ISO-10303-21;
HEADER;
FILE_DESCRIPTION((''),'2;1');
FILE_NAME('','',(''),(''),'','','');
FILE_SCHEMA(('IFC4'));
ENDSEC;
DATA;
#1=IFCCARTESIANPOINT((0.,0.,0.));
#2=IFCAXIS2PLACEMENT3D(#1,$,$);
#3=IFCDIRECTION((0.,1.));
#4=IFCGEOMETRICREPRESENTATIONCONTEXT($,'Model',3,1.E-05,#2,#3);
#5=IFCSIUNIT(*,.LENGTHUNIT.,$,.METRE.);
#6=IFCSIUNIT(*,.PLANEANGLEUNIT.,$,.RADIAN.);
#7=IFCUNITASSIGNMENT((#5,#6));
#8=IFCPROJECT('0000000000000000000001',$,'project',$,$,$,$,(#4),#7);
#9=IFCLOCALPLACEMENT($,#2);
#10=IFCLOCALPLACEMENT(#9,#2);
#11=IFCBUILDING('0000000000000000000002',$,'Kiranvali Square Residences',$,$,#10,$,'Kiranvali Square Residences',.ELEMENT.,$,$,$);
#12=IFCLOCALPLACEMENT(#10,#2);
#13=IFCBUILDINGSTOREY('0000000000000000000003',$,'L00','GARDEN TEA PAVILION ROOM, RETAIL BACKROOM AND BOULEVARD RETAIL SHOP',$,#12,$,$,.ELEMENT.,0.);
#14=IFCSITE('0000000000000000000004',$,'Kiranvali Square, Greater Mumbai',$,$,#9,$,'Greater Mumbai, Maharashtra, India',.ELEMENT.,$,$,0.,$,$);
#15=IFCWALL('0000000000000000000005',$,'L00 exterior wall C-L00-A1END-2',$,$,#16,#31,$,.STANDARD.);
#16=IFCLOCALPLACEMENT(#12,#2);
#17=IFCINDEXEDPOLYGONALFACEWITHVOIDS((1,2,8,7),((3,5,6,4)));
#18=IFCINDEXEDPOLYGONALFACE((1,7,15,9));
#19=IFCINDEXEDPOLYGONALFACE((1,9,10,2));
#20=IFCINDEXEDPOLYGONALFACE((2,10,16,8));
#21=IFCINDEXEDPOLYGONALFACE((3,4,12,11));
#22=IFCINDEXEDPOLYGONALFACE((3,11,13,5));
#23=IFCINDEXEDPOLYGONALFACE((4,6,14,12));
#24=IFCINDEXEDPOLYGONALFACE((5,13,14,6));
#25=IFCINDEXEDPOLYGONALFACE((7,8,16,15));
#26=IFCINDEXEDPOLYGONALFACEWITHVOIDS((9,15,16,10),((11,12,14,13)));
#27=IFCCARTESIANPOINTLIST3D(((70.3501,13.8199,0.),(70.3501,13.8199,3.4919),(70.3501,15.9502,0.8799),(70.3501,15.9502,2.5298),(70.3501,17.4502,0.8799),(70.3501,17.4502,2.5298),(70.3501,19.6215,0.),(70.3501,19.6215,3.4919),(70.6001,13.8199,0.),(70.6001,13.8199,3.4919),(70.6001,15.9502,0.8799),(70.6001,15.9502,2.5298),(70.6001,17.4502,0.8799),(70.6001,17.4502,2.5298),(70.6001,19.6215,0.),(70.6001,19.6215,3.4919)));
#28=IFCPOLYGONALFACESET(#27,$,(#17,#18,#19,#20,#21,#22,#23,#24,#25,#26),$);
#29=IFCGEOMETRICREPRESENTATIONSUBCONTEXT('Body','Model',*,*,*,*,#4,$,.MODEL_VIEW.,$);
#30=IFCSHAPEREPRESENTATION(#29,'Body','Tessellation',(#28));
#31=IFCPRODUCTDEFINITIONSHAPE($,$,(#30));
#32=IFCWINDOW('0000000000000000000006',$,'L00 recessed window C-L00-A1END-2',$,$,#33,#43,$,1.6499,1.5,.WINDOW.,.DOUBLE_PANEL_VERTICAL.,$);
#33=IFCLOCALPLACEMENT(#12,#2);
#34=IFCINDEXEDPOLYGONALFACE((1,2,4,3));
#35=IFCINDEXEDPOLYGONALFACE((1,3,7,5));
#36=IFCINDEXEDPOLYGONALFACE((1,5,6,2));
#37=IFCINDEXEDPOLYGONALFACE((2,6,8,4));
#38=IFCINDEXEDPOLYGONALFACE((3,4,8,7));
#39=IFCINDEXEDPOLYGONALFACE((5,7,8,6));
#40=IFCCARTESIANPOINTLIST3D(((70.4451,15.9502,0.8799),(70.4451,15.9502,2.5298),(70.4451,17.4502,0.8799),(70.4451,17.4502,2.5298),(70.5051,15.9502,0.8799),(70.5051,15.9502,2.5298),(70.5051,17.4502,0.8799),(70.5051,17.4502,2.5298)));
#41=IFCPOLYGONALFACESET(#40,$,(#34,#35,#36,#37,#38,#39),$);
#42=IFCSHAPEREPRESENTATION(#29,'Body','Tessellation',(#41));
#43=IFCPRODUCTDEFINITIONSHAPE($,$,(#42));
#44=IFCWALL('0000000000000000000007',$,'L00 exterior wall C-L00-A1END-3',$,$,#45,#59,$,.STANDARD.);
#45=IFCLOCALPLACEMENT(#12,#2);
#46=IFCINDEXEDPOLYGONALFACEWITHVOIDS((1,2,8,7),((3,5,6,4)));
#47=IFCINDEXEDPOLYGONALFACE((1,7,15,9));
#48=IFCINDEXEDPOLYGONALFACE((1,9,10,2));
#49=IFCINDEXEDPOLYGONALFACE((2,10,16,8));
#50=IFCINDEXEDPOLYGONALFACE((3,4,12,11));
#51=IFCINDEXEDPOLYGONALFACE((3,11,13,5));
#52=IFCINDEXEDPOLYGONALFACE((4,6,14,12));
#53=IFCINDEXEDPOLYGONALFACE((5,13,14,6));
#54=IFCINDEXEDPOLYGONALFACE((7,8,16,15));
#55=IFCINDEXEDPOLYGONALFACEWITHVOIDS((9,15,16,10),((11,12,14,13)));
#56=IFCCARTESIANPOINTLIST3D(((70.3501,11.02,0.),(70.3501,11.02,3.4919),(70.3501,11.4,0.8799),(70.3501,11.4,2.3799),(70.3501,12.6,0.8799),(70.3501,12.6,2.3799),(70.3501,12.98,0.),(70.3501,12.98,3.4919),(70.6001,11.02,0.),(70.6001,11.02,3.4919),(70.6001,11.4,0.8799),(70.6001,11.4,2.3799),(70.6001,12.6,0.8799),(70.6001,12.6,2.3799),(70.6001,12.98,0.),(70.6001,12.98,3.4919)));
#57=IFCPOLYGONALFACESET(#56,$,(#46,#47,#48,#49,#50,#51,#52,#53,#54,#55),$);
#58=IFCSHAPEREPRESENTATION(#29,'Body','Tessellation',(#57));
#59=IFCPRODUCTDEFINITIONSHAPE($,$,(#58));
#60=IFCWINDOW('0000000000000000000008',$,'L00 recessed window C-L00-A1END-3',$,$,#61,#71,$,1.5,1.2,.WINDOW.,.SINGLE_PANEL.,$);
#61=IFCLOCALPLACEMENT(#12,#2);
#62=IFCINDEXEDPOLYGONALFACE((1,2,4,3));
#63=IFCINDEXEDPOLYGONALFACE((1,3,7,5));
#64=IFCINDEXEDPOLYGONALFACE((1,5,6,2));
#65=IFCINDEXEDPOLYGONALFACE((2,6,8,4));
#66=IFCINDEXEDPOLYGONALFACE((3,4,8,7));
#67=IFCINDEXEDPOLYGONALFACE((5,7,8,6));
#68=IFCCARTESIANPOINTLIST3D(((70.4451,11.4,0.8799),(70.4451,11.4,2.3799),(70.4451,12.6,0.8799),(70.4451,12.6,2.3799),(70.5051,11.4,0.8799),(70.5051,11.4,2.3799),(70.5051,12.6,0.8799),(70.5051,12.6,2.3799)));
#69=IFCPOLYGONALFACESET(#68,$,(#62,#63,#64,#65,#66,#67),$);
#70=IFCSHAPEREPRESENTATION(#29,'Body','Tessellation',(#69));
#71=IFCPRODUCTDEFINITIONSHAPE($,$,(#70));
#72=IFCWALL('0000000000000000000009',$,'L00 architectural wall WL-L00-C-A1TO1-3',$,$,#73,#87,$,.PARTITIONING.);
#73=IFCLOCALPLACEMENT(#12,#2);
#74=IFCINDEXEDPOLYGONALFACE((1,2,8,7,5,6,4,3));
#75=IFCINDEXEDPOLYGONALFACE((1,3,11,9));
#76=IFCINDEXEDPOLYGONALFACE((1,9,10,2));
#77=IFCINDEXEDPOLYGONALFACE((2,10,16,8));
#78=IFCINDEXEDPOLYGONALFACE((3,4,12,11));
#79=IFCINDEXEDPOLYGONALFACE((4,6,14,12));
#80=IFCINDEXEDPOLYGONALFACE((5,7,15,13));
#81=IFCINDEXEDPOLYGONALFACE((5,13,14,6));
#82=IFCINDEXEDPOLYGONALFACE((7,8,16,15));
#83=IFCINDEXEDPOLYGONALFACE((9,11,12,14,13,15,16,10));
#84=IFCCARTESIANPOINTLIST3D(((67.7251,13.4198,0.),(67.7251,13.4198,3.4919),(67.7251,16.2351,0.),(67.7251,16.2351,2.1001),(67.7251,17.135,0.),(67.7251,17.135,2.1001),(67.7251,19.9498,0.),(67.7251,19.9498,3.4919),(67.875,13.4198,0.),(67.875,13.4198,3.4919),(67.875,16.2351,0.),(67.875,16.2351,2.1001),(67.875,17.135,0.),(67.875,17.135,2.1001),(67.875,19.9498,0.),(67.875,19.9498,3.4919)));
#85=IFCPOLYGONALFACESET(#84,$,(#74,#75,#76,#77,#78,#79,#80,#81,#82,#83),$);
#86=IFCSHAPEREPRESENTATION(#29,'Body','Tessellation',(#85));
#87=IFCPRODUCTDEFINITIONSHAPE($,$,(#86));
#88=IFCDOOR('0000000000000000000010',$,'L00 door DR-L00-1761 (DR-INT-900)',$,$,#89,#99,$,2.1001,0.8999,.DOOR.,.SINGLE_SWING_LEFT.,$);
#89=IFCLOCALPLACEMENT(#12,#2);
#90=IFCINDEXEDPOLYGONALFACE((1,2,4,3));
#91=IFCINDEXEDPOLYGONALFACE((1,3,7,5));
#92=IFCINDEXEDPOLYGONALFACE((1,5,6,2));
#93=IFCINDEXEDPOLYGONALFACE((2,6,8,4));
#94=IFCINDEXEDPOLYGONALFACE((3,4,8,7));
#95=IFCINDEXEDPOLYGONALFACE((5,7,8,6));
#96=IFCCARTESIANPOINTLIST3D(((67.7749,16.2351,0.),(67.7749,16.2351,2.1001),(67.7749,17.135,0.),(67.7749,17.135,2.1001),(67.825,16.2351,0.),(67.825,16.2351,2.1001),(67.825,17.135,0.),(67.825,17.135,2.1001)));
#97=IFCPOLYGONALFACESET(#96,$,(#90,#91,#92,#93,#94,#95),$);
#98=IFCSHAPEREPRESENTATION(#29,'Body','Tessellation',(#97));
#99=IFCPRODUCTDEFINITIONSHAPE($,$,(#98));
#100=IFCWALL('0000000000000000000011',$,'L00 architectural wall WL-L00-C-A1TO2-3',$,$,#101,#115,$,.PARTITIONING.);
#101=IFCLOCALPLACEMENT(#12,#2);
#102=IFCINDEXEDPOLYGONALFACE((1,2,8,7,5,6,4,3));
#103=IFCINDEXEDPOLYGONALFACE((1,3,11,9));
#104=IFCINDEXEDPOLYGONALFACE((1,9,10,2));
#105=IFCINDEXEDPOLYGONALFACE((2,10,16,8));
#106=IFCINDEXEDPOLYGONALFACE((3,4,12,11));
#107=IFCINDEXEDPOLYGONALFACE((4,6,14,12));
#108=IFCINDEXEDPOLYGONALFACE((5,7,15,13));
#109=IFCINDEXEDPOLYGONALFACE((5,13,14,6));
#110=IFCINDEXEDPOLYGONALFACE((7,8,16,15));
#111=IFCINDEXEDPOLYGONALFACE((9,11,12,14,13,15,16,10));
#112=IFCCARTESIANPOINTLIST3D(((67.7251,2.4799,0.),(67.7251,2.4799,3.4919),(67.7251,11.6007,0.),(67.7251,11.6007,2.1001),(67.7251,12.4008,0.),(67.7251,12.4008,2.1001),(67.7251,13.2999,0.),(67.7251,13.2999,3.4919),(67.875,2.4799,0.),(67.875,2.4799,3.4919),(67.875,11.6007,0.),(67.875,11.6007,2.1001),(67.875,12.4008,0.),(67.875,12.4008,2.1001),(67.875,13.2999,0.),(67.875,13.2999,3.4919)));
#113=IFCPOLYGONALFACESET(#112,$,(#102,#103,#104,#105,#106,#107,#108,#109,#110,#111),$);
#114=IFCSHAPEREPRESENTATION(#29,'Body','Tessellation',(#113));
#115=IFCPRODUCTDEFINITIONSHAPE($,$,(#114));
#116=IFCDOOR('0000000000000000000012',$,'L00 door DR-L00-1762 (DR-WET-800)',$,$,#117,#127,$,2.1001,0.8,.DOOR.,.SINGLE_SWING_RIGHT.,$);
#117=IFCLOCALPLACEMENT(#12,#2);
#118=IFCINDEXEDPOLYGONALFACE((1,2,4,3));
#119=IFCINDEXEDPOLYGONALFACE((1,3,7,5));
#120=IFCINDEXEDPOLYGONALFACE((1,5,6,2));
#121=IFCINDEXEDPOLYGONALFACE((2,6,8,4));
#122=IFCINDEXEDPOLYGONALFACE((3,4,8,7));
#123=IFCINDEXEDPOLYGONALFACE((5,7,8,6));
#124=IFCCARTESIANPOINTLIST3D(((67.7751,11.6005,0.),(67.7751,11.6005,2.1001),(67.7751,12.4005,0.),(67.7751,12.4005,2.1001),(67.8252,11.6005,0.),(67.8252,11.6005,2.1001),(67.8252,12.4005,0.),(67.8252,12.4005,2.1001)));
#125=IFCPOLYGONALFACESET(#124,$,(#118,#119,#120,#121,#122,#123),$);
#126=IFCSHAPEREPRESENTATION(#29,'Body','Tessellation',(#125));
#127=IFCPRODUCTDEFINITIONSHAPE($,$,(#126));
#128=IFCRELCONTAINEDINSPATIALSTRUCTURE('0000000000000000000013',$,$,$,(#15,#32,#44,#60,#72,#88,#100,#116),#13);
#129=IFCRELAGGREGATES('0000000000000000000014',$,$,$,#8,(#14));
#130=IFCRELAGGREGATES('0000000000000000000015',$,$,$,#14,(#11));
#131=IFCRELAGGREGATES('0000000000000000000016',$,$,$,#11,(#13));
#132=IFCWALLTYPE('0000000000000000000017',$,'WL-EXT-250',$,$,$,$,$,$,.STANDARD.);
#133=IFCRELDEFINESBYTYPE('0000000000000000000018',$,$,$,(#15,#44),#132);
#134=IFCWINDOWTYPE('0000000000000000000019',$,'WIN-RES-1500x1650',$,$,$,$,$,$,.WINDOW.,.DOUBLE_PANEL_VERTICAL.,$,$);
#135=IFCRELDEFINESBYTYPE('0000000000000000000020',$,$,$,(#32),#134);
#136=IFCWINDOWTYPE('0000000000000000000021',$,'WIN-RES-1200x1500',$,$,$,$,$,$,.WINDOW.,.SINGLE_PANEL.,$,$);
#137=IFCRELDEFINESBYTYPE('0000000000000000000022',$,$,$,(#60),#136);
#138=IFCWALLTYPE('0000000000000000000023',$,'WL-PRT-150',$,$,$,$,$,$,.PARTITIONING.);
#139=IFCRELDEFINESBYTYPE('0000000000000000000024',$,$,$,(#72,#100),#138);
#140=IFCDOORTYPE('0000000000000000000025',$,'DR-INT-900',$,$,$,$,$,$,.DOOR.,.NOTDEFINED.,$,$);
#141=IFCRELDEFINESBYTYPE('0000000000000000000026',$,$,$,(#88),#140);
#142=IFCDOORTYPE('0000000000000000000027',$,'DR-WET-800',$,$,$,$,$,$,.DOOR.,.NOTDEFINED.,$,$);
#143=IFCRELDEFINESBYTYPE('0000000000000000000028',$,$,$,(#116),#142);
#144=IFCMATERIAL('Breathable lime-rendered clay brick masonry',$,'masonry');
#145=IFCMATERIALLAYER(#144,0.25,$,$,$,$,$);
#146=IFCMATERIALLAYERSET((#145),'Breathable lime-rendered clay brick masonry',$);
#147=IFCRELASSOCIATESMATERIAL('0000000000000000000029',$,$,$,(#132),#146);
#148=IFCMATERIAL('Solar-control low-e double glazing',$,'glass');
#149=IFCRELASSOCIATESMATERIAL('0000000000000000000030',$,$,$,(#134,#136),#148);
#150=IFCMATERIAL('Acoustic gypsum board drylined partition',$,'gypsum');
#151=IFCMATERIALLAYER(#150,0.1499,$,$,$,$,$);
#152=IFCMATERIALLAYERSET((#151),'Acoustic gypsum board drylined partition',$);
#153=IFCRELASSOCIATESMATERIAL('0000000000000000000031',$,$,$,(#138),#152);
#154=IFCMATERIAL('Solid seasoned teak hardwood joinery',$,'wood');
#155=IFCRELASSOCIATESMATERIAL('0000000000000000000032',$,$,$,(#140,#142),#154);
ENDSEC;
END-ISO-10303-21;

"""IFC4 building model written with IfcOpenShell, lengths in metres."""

from ifc_helpers import new_model, si_unit, direction, frame, frame_2d, origin, place, context, subcontext, project, spatial, rectangle, extrude, material, layer, layer_set, type_object, element, fill, save


model = new_model("IFC4")

# Units and contexts
model_context = context("Model", 3, precision=1e-05, world=origin(), true_north=direction((0.0, 1.0)))
body_context = subcontext(model_context, "Body", "Model", "MODEL_VIEW")
ifc_project = project(units=[si_unit("LENGTHUNIT", "METRE"), si_unit("PLANEANGLEUNIT", "RADIAN")], contexts=[model_context])

# Site, building, storey
site_placement = place(None, origin())
site = spatial("IfcSite", under=ifc_project, at=site_placement, Name="Kiranvali Square, Greater Mumbai", LongName="Greater Mumbai, Maharashtra, India", CompositionType="ELEMENT", RefElevation=0.0)
building_placement = place(site_placement, origin())
building = spatial("IfcBuilding", under=site, at=building_placement, Name="Kiranvali Square Residences", LongName="Kiranvali Square Residences", CompositionType="ELEMENT")
storey_placement = place(building_placement, origin())
storey = spatial("IfcBuildingStorey", under=building, at=storey_placement, Name="L00", Description="GARDEN TEA PAVILION ROOM, RETAIL BACKROOM AND BOULEVARD RETAIL SHOP", CompositionType="ELEMENT", Elevation=0.0)

# Walls, openings, windows
ifc_material_1 = material(Name="Breathable lime-rendered clay brick masonry", Category="masonry")
ifc_layer_1 = layer(ifc_material_1, 0.25)
ifc_layer_set_1 = layer_set([ifc_layer_1], Name="Breathable lime-rendered clay brick masonry")
wall_type_1 = type_object("IfcWallType", Name="WL-EXT-250", PredefinedType="STANDARD", material=ifc_layer_set_1)
wall_1_placement = place(storey_placement, frame((70.4751, 19.6216, 0.0), z_axis=(0.0, 0.0, 1.0), x_axis=(0.0, -1.0, 0.0)))
wall_1 = element("IfcWall", 1, at=wall_1_placement, inside=storey, type_object=wall_type_1, Name="L00 exterior wall C-L00-A1END-2", PredefinedType="STANDARD", context=body_context, shape_type="SweptSolid", body=[
    extrude(rectangle(XDim=5.8015, YDim=0.25, at=frame_2d((2.9009, 0.0))), origin(), (0.0, 0.0, 1.0), 3.4919),
])
opening_1_placement = place(wall_1_placement, frame((2.1714, 0.0, 0.8799)))
opening_1 = element("IfcOpeningElement", 2, at=opening_1_placement, cuts=wall_1, PredefinedType="OPENING", context=body_context, shape_type="SweptSolid", body=[
    extrude(rectangle(XDim=1.5, YDim=1.6499, at=frame_2d((0.75, 0.825))), frame((0.0, 0.135, 0.0), z_axis=(0.0, -1.0, 0.0), x_axis=(1.0, 0.0, 0.0)), (0.0, 0.0, 1.0), 0.27),
])
ifc_material_2 = material(Name="Solar-control low-e double glazing", Category="glass")
window_type_1 = type_object("IfcWindowType", Name="WIN-RES-1500x1650", PartitioningType="DOUBLE_PANEL_VERTICAL", PredefinedType="WINDOW", material=ifc_material_2)
window_1_placement = place(opening_1_placement, origin())
window_1 = element("IfcWindow", 3, at=window_1_placement, inside=storey, type_object=window_type_1, Name="L00 recessed window C-L00-A1END-2", OverallHeight=1.6499, OverallWidth=1.5, PartitioningType="DOUBLE_PANEL_VERTICAL", PredefinedType="WINDOW", context=body_context, shape_type="SweptSolid", body=[
    extrude(rectangle(XDim=1.5, YDim=1.6499, at=frame_2d((0.75, 0.825))), frame((0.0, 0.03, 0.0), z_axis=(0.0, -1.0, 0.0), x_axis=(1.0, 0.0, 0.0)), (0.0, 0.0, 1.0), 0.0601),
])
fill(opening_1, window_1)
wall_2_placement = place(storey_placement, frame((70.4751, 12.98, 0.0), z_axis=(0.0, 0.0, 1.0), x_axis=(0.0, -1.0, 0.0)))
wall_2 = element("IfcWall", 4, at=wall_2_placement, inside=storey, type_object=wall_type_1, Name="L00 exterior wall C-L00-A1END-3", PredefinedType="STANDARD", context=body_context, shape_type="SweptSolid", body=[
    extrude(rectangle(XDim=1.96, YDim=0.25, at=frame_2d((0.98, 0.0))), origin(), (0.0, 0.0, 1.0), 3.4919),
])
opening_2_placement = place(wall_2_placement, frame((0.3799, 0.0, 0.8799)))
opening_2 = element("IfcOpeningElement", 5, at=opening_2_placement, cuts=wall_2, PredefinedType="OPENING", context=body_context, shape_type="SweptSolid", body=[
    extrude(rectangle(XDim=1.2, YDim=1.5, at=frame_2d((0.6001, 0.75))), frame((0.0, 0.135, 0.0), z_axis=(0.0, -1.0, 0.0), x_axis=(1.0, 0.0, 0.0)), (0.0, 0.0, 1.0), 0.27),
])
window_type_2 = type_object("IfcWindowType", Name="WIN-RES-1200x1500", PartitioningType="SINGLE_PANEL", PredefinedType="WINDOW", material=ifc_material_2)
window_2_placement = place(opening_2_placement, origin())
window_2 = element("IfcWindow", 6, at=window_2_placement, inside=storey, type_object=window_type_2, Name="L00 recessed window C-L00-A1END-3", OverallHeight=1.5, OverallWidth=1.2, PartitioningType="SINGLE_PANEL", PredefinedType="WINDOW", context=body_context, shape_type="SweptSolid", body=[
    extrude(rectangle(XDim=1.2, YDim=1.5, at=frame_2d((0.6001, 0.75))), frame((0.0, 0.03, 0.0), z_axis=(0.0, -1.0, 0.0), x_axis=(1.0, 0.0, 0.0)), (0.0, 0.0, 1.0), 0.0601),
])
fill(opening_2, window_2)

# Walls, openings, doors
ifc_material_3 = material(Name="Acoustic gypsum board drylined partition", Category="gypsum")
ifc_layer_2 = layer(ifc_material_3, 0.1499)
ifc_layer_set_2 = layer_set([ifc_layer_2], Name="Acoustic gypsum board drylined partition")
wall_type_2 = type_object("IfcWallType", Name="WL-PRT-150", PredefinedType="PARTITIONING", material=ifc_layer_set_2)
wall_3_placement = place(storey_placement, frame((67.8, 19.95, 0.0), z_axis=(0.0, 0.0, 1.0), x_axis=(0.0, -1.0, 0.0)))
wall_3 = element("IfcWall", 7, at=wall_3_placement, inside=storey, type_object=wall_type_2, Name="L00 architectural wall WL-L00-C-A1TO1-3", PredefinedType="PARTITIONING", context=body_context, shape_type="SweptSolid", body=[
    extrude(rectangle(XDim=6.53, YDim=0.1499, at=frame_2d((3.2651, 0.0))), origin(), (0.0, 0.0, 1.0), 3.4919),
])
opening_3_placement = place(wall_3_placement, frame((2.8149, 0.0, 0.0)))
opening_3 = element("IfcOpeningElement", 8, at=opening_3_placement, cuts=wall_3, PredefinedType="OPENING", context=body_context, shape_type="SweptSolid", body=[
    extrude(rectangle(XDim=0.8999, YDim=2.1001, at=frame_2d((0.45, 1.05))), frame((0.0, 0.085, 0.0), z_axis=(0.0, -1.0, 0.0), x_axis=(1.0, 0.0, 0.0)), (0.0, 0.0, 1.0), 0.1699),
])
ifc_material_4 = material(Name="Solid seasoned teak hardwood joinery", Category="wood")
door_type_1 = type_object("IfcDoorType", Name="DR-INT-900", OperationType="NOTDEFINED", PredefinedType="DOOR", material=ifc_material_4)
door_1_placement = place(opening_3_placement, origin())
door_1 = element("IfcDoor", 9, at=door_1_placement, inside=storey, type_object=door_type_1, Name="L00 door DR-L00-1761 (DR-INT-900)", OperationType="SINGLE_SWING_LEFT", OverallHeight=2.1001, OverallWidth=0.8999, PredefinedType="DOOR", context=body_context, shape_type="SweptSolid", body=[
    extrude(rectangle(XDim=0.8999, YDim=2.1001, at=frame_2d((0.45, 1.05))), frame((0.0, 0.0249, 0.0), z_axis=(0.0, -1.0, 0.0), x_axis=(1.0, 0.0, 0.0)), (0.0, 0.0, 1.0), 0.05),
])
fill(opening_3, door_1)
wall_4_placement = place(storey_placement, frame((67.8, 13.3, 0.0), z_axis=(0.0, 0.0, 1.0), x_axis=(0.0, -1.0, 0.0)))
wall_4 = element("IfcWall", 10, at=wall_4_placement, inside=storey, type_object=wall_type_2, Name="L00 architectural wall WL-L00-C-A1TO2-3", PredefinedType="PARTITIONING", context=body_context, shape_type="SweptSolid", body=[
    extrude(rectangle(XDim=10.8201, YDim=0.1499, at=frame_2d((5.4102, 0.0))), origin(), (0.0, 0.0, 1.0), 3.4919),
])
opening_4_placement = place(wall_4_placement, frame((0.8994, 0.0, 0.0)))
opening_4 = element("IfcOpeningElement", 11, at=opening_4_placement, cuts=wall_4, PredefinedType="OPENING", context=body_context, shape_type="SweptSolid", body=[
    extrude(rectangle(XDim=0.8, YDim=2.1001, at=frame_2d((0.3999, 1.05))), frame((0.0, 0.085, 0.0), z_axis=(0.0, -1.0, 0.0), x_axis=(1.0, 0.0, 0.0)), (0.0, 0.0, 1.0), 0.1699),
])
door_type_2 = type_object("IfcDoorType", Name="DR-WET-800", OperationType="NOTDEFINED", PredefinedType="DOOR", material=ifc_material_4)
door_2_placement = place(opening_4_placement, frame((0.8, 0.0, 0.0), z_axis=(0.0, 0.0, 1.0), x_axis=(-1.0, 0.0, 0.0)))
door_2 = element("IfcDoor", 12, at=door_2_placement, inside=storey, type_object=door_type_2, Name="L00 door DR-L00-1762 (DR-WET-800)", OperationType="SINGLE_SWING_RIGHT", OverallHeight=2.1001, OverallWidth=0.8, PredefinedType="DOOR", context=body_context, shape_type="SweptSolid", body=[
    extrude(rectangle(XDim=0.8, YDim=2.1001, at=frame_2d((0.3999, 1.05))), frame((0.0, 0.0249, 0.0), z_axis=(0.0, -1.0, 0.0), x_axis=(1.0, 0.0, 0.0)), (0.0, 0.0, 1.0), 0.05),
])
fill(opening_4, door_2)

save(model, "model.ifc")
